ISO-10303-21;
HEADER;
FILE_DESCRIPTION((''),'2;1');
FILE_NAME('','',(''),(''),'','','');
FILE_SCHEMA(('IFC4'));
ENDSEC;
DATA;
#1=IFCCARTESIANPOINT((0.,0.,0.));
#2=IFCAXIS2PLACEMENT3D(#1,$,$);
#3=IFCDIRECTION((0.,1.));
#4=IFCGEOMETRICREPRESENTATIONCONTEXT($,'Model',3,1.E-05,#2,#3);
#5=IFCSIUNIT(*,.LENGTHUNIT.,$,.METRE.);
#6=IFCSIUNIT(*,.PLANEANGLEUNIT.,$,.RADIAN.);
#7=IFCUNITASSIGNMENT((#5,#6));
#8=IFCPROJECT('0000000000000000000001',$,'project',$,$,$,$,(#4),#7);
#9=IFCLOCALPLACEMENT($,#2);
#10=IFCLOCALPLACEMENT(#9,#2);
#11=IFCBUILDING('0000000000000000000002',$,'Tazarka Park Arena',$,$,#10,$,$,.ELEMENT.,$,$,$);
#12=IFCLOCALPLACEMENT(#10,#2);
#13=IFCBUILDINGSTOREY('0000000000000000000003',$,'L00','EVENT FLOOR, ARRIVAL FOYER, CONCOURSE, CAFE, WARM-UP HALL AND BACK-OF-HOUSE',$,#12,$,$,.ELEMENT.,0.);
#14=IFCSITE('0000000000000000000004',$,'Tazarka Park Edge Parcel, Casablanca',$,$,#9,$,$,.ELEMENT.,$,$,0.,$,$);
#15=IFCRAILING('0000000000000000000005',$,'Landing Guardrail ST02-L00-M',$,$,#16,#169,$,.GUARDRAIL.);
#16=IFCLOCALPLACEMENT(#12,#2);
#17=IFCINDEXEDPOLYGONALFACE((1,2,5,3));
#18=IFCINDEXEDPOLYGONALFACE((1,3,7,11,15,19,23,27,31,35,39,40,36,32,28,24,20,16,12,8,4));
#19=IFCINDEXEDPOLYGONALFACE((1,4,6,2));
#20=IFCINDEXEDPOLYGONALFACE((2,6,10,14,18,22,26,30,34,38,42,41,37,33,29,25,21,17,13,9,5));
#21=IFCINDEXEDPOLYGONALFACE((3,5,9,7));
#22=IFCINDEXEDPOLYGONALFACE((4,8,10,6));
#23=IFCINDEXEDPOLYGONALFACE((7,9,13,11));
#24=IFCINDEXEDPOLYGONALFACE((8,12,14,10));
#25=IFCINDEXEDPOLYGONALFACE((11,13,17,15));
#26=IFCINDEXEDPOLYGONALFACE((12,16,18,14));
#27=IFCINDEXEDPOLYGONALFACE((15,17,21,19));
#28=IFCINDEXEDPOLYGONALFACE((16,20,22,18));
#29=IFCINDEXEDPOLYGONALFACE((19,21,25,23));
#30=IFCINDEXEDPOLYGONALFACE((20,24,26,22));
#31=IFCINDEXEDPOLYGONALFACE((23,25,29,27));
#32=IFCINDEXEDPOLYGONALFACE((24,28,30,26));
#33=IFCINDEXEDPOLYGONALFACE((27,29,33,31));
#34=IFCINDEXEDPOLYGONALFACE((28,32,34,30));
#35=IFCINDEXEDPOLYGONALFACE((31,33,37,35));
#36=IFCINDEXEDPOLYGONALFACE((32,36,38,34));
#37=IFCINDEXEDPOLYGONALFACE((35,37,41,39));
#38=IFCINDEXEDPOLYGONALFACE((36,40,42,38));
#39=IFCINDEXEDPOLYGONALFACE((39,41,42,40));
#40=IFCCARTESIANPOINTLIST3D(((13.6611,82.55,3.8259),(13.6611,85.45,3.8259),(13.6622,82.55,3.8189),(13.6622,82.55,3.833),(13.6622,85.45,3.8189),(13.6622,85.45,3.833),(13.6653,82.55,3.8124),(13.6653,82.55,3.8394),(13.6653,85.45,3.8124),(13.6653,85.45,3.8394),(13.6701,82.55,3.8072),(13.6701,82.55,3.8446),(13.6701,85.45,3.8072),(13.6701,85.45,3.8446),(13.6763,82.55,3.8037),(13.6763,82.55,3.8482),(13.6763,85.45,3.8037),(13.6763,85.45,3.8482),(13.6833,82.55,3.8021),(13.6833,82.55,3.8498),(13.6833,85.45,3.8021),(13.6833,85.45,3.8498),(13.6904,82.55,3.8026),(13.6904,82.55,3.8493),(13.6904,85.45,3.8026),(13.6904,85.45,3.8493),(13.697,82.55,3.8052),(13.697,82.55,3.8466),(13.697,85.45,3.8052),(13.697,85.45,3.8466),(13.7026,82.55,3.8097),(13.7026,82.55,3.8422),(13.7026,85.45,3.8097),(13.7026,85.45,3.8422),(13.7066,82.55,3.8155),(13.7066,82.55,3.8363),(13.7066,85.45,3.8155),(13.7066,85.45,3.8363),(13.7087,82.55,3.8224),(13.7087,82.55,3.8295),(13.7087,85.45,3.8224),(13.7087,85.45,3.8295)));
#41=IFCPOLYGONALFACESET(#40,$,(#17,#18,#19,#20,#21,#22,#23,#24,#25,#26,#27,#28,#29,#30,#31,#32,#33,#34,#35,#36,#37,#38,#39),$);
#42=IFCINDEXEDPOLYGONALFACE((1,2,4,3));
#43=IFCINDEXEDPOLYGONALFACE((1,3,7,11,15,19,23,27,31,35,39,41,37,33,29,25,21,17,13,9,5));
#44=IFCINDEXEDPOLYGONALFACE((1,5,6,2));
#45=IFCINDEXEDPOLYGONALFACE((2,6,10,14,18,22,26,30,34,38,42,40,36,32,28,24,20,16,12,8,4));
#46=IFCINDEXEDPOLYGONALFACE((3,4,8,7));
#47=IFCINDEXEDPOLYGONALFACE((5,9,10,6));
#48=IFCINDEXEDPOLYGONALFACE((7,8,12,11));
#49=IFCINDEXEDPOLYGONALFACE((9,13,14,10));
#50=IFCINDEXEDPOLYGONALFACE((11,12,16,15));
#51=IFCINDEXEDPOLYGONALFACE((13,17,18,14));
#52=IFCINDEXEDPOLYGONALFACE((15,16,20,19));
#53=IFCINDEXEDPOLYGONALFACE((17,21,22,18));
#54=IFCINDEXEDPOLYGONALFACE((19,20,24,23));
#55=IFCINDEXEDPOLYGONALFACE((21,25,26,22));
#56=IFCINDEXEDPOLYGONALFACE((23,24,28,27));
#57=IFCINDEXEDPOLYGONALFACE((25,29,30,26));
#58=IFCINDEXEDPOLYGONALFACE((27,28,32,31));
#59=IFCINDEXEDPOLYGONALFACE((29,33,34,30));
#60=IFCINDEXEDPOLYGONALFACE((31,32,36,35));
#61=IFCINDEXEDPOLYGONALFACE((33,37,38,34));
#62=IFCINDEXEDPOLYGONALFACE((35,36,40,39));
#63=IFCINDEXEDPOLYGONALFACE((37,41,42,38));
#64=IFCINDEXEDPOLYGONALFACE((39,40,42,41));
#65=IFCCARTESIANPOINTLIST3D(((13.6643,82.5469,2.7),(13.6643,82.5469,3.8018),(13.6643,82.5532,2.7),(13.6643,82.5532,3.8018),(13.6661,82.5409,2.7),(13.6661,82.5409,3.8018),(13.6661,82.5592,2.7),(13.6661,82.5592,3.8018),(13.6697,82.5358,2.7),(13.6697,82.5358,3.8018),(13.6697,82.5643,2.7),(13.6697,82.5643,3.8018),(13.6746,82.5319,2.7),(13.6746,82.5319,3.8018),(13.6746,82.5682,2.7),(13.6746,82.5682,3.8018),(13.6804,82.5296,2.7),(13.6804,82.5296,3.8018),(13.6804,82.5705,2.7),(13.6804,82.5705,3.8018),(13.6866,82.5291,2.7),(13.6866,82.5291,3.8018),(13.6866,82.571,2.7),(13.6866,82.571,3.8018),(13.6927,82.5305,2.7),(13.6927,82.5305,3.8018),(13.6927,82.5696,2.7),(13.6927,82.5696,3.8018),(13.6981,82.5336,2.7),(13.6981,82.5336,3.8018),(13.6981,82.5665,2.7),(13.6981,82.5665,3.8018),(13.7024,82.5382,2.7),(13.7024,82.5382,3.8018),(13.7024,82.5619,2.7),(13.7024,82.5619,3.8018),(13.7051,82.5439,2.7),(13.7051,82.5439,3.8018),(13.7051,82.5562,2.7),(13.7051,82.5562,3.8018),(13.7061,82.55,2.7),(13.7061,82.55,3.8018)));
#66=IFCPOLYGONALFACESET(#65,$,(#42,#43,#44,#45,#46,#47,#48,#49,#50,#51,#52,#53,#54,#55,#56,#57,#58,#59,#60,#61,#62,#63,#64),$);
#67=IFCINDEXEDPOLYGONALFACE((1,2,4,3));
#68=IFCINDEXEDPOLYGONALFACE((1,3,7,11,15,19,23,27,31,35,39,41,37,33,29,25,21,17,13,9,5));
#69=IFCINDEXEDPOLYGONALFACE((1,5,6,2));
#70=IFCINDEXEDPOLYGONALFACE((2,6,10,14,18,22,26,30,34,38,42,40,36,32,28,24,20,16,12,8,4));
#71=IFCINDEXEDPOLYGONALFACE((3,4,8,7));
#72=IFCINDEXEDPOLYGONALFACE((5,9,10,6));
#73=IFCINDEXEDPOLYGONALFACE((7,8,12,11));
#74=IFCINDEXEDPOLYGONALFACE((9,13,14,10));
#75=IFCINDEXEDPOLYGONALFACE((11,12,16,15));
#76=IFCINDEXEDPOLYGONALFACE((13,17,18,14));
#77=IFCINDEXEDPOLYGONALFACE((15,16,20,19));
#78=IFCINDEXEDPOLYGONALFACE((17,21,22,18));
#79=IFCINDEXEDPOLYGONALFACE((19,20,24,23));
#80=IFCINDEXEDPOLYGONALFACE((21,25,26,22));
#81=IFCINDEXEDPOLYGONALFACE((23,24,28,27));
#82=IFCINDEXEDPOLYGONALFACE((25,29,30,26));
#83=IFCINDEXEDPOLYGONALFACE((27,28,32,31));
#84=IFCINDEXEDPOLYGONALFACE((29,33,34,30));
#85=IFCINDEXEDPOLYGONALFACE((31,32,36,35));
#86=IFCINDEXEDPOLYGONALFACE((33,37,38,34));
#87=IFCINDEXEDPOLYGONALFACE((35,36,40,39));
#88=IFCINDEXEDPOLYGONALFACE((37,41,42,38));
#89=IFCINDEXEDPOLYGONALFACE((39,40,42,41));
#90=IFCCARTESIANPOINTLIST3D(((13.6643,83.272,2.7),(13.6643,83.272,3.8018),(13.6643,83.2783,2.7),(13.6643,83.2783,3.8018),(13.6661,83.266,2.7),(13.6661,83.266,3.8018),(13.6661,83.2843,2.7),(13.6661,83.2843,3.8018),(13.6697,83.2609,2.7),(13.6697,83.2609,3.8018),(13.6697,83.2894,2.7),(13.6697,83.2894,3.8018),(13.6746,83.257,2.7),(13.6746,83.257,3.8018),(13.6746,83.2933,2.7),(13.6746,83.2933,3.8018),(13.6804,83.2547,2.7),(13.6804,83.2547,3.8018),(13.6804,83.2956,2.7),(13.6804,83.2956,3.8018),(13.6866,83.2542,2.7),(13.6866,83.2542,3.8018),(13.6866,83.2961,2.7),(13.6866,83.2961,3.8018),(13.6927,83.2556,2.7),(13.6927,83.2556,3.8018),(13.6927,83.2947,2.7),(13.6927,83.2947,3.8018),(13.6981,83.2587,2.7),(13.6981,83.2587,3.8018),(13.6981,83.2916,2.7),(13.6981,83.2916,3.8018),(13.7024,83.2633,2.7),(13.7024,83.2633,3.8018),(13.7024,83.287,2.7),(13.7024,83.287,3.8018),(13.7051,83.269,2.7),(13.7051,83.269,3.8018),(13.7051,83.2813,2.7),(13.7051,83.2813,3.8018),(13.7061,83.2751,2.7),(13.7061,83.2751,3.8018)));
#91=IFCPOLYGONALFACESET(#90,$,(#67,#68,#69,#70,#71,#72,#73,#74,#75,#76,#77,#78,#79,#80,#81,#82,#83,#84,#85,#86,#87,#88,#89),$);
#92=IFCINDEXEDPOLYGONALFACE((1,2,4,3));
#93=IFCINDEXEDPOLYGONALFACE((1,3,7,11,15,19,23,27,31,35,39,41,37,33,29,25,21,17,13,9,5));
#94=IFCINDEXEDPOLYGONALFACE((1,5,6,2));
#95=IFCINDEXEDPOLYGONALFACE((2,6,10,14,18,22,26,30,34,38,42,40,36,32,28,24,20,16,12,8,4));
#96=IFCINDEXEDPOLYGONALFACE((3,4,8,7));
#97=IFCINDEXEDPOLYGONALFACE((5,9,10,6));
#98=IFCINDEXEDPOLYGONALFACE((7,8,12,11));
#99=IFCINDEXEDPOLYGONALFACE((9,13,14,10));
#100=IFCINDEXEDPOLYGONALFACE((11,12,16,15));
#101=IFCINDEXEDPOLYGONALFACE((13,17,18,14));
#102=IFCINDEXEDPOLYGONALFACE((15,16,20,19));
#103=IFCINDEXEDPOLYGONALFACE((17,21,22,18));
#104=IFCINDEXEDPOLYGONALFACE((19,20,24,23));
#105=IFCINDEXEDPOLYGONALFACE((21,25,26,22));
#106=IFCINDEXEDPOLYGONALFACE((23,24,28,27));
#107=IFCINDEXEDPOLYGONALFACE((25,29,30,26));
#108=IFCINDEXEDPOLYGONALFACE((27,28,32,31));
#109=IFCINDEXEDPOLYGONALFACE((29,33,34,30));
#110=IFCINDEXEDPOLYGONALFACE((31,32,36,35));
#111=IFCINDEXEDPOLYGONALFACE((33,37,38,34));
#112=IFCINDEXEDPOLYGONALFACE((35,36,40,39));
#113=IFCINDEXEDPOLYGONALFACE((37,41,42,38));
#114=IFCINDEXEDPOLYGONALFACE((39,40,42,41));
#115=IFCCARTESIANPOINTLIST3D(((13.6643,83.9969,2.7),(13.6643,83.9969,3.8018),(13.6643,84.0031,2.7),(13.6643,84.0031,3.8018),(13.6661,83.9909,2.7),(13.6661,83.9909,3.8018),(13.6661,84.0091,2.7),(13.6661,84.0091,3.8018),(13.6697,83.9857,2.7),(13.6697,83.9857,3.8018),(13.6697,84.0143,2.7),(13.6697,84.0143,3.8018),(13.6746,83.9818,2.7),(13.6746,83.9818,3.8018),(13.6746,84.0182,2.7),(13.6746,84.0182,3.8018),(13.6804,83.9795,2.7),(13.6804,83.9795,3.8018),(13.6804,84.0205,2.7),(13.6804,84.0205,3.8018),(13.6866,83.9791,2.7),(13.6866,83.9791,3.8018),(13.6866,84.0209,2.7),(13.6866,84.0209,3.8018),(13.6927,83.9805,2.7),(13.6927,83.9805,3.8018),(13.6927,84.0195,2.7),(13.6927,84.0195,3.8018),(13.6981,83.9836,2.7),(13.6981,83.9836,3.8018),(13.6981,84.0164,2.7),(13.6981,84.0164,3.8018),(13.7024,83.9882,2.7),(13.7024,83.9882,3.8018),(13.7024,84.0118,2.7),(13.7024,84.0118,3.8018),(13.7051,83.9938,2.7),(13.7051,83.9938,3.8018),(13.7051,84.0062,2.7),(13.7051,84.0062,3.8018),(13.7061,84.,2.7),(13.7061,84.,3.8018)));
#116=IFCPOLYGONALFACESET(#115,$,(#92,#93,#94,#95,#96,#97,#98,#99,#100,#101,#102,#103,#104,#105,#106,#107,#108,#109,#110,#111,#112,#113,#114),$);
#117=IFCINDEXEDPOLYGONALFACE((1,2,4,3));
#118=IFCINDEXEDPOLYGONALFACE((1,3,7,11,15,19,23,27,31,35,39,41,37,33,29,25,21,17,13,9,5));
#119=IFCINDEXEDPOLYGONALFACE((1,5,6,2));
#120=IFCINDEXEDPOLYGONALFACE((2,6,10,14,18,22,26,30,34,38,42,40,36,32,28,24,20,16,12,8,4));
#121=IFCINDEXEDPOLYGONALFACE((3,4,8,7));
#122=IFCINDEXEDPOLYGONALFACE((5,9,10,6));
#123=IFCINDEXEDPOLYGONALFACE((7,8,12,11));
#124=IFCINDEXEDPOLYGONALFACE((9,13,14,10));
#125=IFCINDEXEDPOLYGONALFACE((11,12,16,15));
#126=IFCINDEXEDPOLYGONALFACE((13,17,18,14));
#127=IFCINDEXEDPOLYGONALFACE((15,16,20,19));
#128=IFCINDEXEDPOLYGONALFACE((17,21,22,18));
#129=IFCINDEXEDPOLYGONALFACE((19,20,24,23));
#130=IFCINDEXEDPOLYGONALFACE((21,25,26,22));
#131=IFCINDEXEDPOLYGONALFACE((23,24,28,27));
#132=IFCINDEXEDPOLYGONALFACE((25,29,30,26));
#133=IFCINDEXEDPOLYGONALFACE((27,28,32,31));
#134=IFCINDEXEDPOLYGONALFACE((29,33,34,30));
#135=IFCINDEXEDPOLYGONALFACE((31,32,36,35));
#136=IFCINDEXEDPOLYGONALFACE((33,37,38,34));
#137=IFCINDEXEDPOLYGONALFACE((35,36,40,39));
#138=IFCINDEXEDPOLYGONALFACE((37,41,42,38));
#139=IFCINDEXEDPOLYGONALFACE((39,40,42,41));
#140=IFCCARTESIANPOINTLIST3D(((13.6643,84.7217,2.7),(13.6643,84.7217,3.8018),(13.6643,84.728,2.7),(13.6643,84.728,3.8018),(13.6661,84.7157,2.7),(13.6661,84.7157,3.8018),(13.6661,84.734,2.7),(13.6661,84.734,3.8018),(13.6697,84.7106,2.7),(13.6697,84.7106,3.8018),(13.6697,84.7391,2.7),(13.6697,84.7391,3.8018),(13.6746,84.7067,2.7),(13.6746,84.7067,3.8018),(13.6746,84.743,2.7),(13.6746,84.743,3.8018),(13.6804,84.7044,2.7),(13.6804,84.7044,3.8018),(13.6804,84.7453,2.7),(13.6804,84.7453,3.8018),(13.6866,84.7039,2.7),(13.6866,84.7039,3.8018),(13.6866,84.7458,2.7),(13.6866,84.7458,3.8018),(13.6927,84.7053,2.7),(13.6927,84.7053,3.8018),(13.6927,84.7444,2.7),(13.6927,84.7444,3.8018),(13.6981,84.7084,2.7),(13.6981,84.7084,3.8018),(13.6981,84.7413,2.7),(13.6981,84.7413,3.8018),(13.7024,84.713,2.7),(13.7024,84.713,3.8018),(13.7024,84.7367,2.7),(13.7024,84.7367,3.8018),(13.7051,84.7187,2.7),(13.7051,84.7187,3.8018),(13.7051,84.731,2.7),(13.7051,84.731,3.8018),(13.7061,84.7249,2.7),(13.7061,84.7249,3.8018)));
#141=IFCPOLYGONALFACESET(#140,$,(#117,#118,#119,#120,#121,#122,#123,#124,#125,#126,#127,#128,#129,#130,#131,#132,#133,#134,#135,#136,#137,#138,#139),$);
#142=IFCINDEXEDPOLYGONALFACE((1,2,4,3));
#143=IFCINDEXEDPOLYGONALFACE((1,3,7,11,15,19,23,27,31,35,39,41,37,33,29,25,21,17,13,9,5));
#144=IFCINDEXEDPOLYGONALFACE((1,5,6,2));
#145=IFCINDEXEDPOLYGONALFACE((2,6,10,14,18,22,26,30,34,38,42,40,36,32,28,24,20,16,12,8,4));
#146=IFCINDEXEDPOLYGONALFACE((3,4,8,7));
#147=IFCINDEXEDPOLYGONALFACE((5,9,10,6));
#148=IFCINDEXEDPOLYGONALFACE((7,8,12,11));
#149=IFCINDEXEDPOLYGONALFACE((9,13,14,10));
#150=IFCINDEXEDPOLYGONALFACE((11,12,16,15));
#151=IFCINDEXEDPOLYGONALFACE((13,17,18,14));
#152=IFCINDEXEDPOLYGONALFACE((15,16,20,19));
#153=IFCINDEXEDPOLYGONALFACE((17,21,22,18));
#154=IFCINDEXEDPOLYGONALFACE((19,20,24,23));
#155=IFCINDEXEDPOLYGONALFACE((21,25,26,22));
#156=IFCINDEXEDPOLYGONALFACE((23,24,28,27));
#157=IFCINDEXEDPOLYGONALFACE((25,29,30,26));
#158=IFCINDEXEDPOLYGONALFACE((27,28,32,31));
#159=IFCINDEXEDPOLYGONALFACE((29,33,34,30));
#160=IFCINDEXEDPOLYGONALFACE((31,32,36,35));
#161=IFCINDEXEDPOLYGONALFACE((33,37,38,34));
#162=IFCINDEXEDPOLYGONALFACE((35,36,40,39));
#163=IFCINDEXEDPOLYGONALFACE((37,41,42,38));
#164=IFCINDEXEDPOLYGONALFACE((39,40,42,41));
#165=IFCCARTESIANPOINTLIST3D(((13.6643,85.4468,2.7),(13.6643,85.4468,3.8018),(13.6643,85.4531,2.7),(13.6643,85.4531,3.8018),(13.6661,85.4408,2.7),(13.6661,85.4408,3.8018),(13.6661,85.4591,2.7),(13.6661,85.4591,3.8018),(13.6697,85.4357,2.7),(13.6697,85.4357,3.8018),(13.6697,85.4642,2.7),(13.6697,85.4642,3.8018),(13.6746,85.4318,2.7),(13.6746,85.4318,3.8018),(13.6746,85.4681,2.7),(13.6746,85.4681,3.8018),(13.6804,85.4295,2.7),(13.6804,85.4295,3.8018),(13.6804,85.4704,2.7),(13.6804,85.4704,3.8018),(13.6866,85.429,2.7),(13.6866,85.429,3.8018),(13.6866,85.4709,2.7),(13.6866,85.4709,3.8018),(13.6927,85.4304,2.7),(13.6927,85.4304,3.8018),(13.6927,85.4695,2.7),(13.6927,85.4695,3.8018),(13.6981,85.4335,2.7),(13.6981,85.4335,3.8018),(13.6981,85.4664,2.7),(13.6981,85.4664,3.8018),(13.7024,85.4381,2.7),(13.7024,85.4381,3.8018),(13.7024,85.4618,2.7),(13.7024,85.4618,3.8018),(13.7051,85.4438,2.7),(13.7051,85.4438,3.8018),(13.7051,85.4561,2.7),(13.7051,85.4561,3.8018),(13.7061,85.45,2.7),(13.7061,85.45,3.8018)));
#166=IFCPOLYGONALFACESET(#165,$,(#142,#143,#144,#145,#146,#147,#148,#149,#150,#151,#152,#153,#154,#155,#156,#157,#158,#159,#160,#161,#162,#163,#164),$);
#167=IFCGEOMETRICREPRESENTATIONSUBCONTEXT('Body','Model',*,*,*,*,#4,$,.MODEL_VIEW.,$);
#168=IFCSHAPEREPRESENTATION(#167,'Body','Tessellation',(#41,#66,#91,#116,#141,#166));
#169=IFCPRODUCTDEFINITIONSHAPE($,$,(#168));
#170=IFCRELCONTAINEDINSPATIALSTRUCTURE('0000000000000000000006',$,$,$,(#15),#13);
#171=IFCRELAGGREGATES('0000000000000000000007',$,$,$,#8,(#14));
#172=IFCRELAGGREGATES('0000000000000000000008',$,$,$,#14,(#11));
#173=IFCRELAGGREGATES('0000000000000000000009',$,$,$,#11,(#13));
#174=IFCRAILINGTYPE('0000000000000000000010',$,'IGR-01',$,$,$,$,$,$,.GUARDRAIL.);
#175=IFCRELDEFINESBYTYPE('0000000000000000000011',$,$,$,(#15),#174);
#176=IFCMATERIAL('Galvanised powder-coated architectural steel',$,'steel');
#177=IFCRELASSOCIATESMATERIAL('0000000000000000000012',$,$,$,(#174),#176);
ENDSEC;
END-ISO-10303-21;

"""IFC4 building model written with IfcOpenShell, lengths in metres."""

from ifc_helpers import new_model, si_unit, direction, frame, origin, origin_2d, place, context, subcontext, project, spatial, circle, extrude, material, type_object, element, save


model = new_model("IFC4")

# Units and contexts
model_context = context("Model", 3, precision=1e-05, world=origin(), true_north=direction((0.0, 1.0)))
body_context = subcontext(model_context, "Body", "Model", "MODEL_VIEW")
ifc_project = project(units=[si_unit("LENGTHUNIT", "METRE"), si_unit("PLANEANGLEUNIT", "RADIAN")], contexts=[model_context])

# Site, building, storey
site_placement = place(None, origin())
site = spatial("IfcSite", under=ifc_project, at=site_placement, Name="Tazarka Park Edge Parcel, Casablanca", CompositionType="ELEMENT", RefElevation=0.0)
building_placement = place(site_placement, origin())
building = spatial("IfcBuilding", under=site, at=building_placement, Name="Tazarka Park Arena", CompositionType="ELEMENT")
storey_placement = place(building_placement, origin())
storey = spatial("IfcBuildingStorey", under=building, at=storey_placement, Name="L00", Description="EVENT FLOOR, ARRIVAL FOYER, CONCOURSE, CAFE, WARM-UP HALL AND BACK-OF-HOUSE", CompositionType="ELEMENT", Elevation=0.0)

# Railing
ifc_material_1 = material(Name="Galvanised powder-coated architectural steel", Category="steel")
railing_type_1 = type_object("IfcRailingType", Name="IGR-01", PredefinedType="GUARDRAIL", material=ifc_material_1)
for number, where, name in (
    (1, (13.6851, 82.55, 2.7), "Landing Guardrail ST02-L00-M"),
):
    element("IfcRailing", number, at=place(storey_placement, frame(where)), inside=storey, type_object=railing_type_1, Name=name, PredefinedType="GUARDRAIL", context=body_context, shape_type="SweptSolid", body=[
        extrude(circle(Radius=0.0239, at=origin_2d()), frame((0.0, 0.0, 1.126), z_axis=(0.0, 1.0, 0.0), x_axis=(-1.0, 0.0, 0.0)), (0.0, 0.0, 1.0), 2.8999),
        extrude(circle(Radius=0.021, at=origin_2d()), origin(), (0.0, 0.0, 1.0), 1.1018),
        extrude(circle(Radius=0.021, at=origin_2d()), frame((0.0, 0.7251, 0.0)), (0.0, 0.0, 1.0), 1.1018),
        extrude(circle(Radius=0.021, at=origin_2d()), frame((0.0, 1.45, 0.0)), (0.0, 0.0, 1.0), 1.1018),
        extrude(circle(Radius=0.021, at=origin_2d()), frame((0.0, 2.1748, 0.0)), (0.0, 0.0, 1.0), 1.1018),
        extrude(circle(Radius=0.021, at=origin_2d()), frame((0.0, 2.8999, 0.0)), (0.0, 0.0, 1.0), 1.1018),
    ])

save(model, "model.ifc")
